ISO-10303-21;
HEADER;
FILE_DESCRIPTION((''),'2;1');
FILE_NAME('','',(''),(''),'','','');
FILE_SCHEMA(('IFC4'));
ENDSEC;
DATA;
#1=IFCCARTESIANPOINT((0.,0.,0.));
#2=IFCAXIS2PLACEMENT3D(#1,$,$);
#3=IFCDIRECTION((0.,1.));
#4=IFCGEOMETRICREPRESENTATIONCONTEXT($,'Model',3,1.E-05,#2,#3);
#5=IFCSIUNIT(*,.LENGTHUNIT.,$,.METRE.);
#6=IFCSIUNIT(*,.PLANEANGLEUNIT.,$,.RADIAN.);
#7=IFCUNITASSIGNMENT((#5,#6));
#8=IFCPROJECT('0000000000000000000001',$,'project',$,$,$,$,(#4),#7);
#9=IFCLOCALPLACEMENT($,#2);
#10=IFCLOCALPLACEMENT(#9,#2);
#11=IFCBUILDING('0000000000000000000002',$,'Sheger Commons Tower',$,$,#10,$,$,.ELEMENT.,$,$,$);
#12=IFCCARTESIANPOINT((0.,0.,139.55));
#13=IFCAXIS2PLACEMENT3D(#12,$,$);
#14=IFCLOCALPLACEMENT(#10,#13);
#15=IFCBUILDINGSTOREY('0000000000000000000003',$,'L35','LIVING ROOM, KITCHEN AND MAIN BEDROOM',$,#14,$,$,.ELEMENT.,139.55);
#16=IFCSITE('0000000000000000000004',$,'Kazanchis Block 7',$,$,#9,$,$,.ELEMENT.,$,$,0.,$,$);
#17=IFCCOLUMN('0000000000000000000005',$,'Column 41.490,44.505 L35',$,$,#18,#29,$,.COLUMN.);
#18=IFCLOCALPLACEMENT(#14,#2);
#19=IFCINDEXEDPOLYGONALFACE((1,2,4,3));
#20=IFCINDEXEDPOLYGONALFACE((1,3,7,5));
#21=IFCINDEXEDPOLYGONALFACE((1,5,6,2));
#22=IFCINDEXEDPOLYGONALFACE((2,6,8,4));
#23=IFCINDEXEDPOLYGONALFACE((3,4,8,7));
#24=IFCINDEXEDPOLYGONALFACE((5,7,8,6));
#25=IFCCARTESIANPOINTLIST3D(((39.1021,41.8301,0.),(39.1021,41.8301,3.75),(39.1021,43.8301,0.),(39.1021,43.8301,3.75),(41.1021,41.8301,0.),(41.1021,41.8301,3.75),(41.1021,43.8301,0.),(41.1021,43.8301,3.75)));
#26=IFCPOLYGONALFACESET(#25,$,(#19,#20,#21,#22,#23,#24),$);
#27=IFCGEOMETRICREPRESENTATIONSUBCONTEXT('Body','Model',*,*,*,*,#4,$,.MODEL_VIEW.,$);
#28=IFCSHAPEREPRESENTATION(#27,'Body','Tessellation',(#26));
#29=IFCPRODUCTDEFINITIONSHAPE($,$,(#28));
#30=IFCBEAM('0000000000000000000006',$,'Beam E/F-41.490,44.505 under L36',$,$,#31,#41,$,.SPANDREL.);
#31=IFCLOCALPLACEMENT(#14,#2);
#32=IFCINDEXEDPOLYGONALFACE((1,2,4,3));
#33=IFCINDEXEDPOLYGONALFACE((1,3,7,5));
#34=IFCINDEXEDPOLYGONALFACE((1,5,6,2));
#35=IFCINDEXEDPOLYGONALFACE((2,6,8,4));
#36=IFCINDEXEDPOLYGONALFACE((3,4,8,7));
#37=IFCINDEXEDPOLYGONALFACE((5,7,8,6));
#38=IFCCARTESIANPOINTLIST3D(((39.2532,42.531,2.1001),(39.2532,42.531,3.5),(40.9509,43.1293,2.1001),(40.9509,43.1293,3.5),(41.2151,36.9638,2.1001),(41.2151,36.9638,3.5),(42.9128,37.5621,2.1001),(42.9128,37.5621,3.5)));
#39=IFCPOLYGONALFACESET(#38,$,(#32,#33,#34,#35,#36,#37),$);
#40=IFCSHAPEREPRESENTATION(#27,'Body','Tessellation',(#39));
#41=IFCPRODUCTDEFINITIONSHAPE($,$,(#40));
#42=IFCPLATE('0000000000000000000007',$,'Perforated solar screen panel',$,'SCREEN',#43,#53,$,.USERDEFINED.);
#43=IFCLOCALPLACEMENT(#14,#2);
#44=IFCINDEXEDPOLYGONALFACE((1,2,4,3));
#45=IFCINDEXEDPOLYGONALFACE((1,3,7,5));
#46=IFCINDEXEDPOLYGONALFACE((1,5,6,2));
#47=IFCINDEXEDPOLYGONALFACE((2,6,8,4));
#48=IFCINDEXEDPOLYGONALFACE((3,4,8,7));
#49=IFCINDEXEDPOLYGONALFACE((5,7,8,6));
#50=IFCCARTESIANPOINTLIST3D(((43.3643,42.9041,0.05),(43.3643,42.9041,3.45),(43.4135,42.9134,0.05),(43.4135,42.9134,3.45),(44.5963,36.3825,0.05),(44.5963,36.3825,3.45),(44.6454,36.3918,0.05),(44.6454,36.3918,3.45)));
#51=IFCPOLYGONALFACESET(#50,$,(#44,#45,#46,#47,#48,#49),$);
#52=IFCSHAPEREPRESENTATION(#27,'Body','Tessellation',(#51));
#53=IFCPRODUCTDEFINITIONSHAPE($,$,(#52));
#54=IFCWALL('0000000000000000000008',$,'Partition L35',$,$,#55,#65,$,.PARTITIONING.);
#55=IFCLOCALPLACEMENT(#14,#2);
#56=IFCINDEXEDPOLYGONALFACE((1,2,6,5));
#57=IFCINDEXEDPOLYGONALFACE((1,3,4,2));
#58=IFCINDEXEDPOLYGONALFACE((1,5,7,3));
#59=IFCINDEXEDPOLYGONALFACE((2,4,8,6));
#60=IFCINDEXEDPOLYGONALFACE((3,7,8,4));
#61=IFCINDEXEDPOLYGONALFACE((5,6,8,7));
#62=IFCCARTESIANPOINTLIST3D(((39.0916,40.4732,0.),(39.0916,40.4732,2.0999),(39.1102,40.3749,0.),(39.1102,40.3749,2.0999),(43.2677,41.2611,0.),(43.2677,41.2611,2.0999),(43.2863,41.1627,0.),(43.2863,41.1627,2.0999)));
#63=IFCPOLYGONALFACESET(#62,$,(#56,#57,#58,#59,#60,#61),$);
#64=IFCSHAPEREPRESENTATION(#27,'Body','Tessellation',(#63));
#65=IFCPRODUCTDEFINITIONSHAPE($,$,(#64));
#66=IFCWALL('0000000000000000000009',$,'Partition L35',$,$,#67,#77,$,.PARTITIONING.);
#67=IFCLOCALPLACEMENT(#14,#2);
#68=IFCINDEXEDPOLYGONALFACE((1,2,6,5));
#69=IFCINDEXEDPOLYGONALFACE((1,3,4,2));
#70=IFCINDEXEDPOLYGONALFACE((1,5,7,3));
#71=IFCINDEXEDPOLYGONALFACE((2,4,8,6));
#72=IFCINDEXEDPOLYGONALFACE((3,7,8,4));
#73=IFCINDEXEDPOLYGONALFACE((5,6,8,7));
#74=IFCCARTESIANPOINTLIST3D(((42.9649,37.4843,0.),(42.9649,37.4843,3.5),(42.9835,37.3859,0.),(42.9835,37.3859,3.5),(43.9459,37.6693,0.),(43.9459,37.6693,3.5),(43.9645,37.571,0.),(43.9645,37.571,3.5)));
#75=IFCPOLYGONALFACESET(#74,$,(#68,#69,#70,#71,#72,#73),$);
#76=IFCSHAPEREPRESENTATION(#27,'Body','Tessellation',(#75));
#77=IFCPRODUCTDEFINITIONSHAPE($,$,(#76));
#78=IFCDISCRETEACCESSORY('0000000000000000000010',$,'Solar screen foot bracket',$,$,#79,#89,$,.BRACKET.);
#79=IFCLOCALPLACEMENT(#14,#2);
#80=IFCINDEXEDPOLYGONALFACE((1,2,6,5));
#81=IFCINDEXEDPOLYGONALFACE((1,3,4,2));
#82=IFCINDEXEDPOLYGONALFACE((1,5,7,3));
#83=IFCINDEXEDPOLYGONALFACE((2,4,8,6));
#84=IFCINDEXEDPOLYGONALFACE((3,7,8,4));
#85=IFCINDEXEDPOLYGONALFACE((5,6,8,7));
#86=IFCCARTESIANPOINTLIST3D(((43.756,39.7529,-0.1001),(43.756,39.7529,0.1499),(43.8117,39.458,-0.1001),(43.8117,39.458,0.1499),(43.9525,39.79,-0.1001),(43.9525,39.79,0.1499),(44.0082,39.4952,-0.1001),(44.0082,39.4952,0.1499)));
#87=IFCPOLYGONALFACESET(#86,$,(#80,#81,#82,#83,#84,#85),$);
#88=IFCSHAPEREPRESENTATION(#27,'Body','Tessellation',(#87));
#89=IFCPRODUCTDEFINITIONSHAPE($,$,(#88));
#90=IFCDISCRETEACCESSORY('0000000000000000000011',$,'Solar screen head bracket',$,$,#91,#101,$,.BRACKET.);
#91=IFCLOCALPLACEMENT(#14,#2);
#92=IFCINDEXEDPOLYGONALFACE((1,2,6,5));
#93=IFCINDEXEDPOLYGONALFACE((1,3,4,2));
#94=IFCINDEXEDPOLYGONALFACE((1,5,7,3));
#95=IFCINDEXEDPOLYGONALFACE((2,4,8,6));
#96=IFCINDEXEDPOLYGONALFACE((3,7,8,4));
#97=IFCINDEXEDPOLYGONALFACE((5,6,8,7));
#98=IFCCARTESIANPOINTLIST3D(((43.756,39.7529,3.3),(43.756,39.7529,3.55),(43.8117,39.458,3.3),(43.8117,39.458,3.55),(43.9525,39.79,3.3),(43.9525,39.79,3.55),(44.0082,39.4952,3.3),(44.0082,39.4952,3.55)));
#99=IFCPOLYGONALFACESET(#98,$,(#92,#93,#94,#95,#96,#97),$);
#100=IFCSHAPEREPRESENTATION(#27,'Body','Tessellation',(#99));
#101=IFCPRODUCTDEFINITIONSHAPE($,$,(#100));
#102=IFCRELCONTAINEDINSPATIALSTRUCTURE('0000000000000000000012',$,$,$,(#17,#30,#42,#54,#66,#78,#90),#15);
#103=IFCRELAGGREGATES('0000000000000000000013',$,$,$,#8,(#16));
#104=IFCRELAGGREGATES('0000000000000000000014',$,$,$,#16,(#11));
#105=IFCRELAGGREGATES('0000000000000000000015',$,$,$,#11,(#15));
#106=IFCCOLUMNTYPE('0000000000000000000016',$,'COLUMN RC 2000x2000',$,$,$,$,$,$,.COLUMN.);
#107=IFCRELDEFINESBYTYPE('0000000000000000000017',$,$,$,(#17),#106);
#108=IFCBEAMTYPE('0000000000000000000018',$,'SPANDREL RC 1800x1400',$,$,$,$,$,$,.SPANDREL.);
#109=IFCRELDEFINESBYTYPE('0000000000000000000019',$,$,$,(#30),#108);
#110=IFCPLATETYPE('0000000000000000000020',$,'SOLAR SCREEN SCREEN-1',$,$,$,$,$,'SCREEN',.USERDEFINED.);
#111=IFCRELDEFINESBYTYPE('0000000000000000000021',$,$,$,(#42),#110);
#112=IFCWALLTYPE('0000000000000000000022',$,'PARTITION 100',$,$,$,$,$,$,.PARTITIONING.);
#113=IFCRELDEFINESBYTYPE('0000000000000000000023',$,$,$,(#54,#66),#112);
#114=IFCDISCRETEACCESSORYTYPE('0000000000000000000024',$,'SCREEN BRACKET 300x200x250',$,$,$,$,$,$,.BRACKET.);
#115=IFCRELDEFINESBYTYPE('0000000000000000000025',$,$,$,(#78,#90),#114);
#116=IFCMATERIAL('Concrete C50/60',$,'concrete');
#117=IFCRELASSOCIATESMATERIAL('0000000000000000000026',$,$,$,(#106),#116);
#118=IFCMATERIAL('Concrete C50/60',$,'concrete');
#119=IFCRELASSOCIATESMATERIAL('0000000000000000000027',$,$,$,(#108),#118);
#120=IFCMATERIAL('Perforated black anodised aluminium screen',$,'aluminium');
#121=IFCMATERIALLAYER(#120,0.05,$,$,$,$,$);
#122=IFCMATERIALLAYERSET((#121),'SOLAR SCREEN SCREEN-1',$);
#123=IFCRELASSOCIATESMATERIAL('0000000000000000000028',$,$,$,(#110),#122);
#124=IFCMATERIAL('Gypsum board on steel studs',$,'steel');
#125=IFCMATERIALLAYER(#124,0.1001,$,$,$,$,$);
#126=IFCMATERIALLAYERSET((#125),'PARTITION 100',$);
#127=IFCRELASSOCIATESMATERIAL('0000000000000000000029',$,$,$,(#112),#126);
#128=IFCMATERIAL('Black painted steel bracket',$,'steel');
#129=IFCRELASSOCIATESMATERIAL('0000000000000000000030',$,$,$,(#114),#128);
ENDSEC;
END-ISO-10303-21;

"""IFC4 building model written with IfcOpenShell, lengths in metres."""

from ifc_helpers import new_model, si_unit, direction, frame, frame_2d, origin, origin_2d, place, context, subcontext, project, spatial, rectangle, extrude, material, layer, layer_set, material_profile, profile_set, type_object, element, save


model = new_model("IFC4")

# Units and contexts
model_context = context("Model", 3, precision=1e-05, world=origin(), true_north=direction((0.0, 1.0)))
body_context = subcontext(model_context, "Body", "Model", "MODEL_VIEW")
ifc_project = project(units=[si_unit("LENGTHUNIT", "METRE"), si_unit("PLANEANGLEUNIT", "RADIAN")], contexts=[model_context])

# Site, building, storey
site_placement = place(None, origin())
site = spatial("IfcSite", under=ifc_project, at=site_placement, Name="Kazanchis Block 7", CompositionType="ELEMENT", RefElevation=0.0)
building_placement = place(site_placement, origin())
building = spatial("IfcBuilding", under=site, at=building_placement, Name="Sheger Commons Tower", CompositionType="ELEMENT")
storey_placement = place(building_placement, frame((0.0, 0.0, 139.55)))
storey = spatial("IfcBuildingStorey", under=building, at=storey_placement, Name="L35", Description="LIVING ROOM, KITCHEN AND MAIN BEDROOM", CompositionType="ELEMENT", Elevation=139.55)

# Column
ifc_material_1 = material(Name="Concrete C50/60", Category="concrete")
ifc_material_profile_1 = material_profile(ifc_material_1, rectangle(XDim=2.0, YDim=2.0, at=origin_2d()), Name="RC 2000x2000")
ifc_profile_set_1 = profile_set([ifc_material_profile_1], Name="Concrete C50/60")
column_type = type_object("IfcColumnType", Name="COLUMN RC 2000x2000", PredefinedType="COLUMN", material=ifc_profile_set_1)
column_placement = place(storey_placement, frame((40.1021, 42.8301, 0.0), z_axis=(0.0, 0.0, 1.0), x_axis=(1.0, 0.0, 0.0)))
element("IfcColumn", 1, at=column_placement, inside=storey, type_object=column_type, Name="Column 41.490,44.505 L35", PredefinedType="COLUMN", context=body_context, shape_type="SweptSolid", body=[
    extrude(rectangle(XDim=2.0, YDim=2.0, at=origin_2d()), origin(), (0.0, 0.0, 1.0), 3.75),
])

# Beam
ifc_material_2 = material(Name="Concrete C50/60", Category="concrete")
ifc_material_profile_2 = material_profile(ifc_material_2, rectangle(XDim=1.8, YDim=1.3999, at=origin_2d()), Name="RC 1800x1400")
ifc_profile_set_2 = profile_set([ifc_material_profile_2], Name="Concrete C50/60")
beam_type = type_object("IfcBeamType", Name="SPANDREL RC 1800x1400", PredefinedType="SPANDREL", material=ifc_profile_set_2)
beam_placement = place(storey_placement, frame((42.064, 37.2629, 2.8), z_axis=(-0.332374, 0.943148, 0.0), x_axis=(-0.943148, -0.332374, 0.0)))
element("IfcBeam", 2, at=beam_placement, inside=storey, type_object=beam_type, Name="Beam E/F-41.490,44.505 under L36", PredefinedType="SPANDREL", context=body_context, shape_type="SweptSolid", body=[
    extrude(rectangle(XDim=1.8, YDim=1.3999, at=origin_2d()), origin(), (0.0, 0.0, 1.0), 5.9028),
])

# Plate
ifc_material_3 = material(Name="Perforated black anodised aluminium screen", Category="aluminium")
ifc_layer_1 = layer(ifc_material_3, 0.05)
ifc_layer_set_1 = layer_set([ifc_layer_1], Name="SOLAR SCREEN SCREEN-1")
plate_type = type_object("IfcPlateType", Name="SOLAR SCREEN SCREEN-1", ElementType="SCREEN", PredefinedType="USERDEFINED", material=ifc_layer_set_1)
plate_placement = place(storey_placement, frame((44.0049, 39.6479, 0.05), z_axis=(0.0, 0.0, 1.0), x_axis=(-0.185615, 0.982623, 0.0)))
element("IfcPlate", 3, at=plate_placement, inside=storey, type_object=plate_type, Name="Perforated solar screen panel", ObjectType="SCREEN", PredefinedType="USERDEFINED", context=body_context, shape_type="SweptSolid", body=[
    extrude(rectangle(XDim=6.637, YDim=0.05, at=origin_2d()), origin(), (0.0, 0.0, 1.0), 3.3999),
])

# Walls
ifc_material_4 = material(Name="Gypsum board on steel studs", Category="steel")
ifc_layer_2 = layer(ifc_material_4, 0.1001)
ifc_layer_set_2 = layer_set([ifc_layer_2], Name="PARTITION 100")
wall_type = type_object("IfcWallType", Name="PARTITION 100", PredefinedType="PARTITIONING", material=ifc_layer_set_2)
wall_1_placement = place(storey_placement, frame((43.2771, 41.2119, 0.0), z_axis=(0.0, 0.0, 1.0), x_axis=(-0.982665, -0.185388, 0.0)))
element("IfcWall", 4, at=wall_1_placement, inside=storey, type_object=wall_type, Name="Partition L35", PredefinedType="PARTITIONING", context=body_context, shape_type="SweptSolid", body=[
    extrude(rectangle(XDim=4.2498, YDim=0.1001, at=frame_2d((2.125, 0.0))), origin(), (0.0, 0.0, 1.0), 2.0999),
])
wall_2_placement = place(storey_placement, frame((43.9551, 37.6201, 0.0), z_axis=(0.0, 0.0, 1.0), x_axis=(-0.982667, -0.185381, 0.0)))
element("IfcWall", 5, at=wall_2_placement, inside=storey, type_object=wall_type, Name="Partition L35", PredefinedType="PARTITIONING", context=body_context, shape_type="SweptSolid", body=[
    extrude(rectangle(XDim=0.9983, YDim=0.1001, at=frame_2d((0.499, 0.0))), origin(), (0.0, 0.0, 1.0), 3.5),
])

# Discrete accessories
ifc_material_5 = material(Name="Black painted steel bracket", Category="steel")
discrete_accessory_type = type_object("IfcDiscreteAccessoryType", Name="SCREEN BRACKET 300x200x250", PredefinedType="BRACKET", material=ifc_material_5)
for number, where, z_axis, x_axis, name in (
    (6, (43.8821, 39.624, -0.1001), (0.0, 0.0, 1.0), (-0.185615, 0.982623, 0.0), "Solar screen foot bracket"),
    (7, (43.8821, 39.624, 3.3), (0.0, 0.0, 1.0), (-0.185615, 0.982623, 0.0), "Solar screen head bracket"),
):
    element("IfcDiscreteAccessory", number, at=place(storey_placement, frame(where, z_axis=z_axis, x_axis=x_axis)), inside=storey, type_object=discrete_accessory_type, Name=name, PredefinedType="BRACKET", context=body_context, shape_type="SweptSolid", body=[
        extrude(rectangle(XDim=0.3, YDim=0.2, at=origin_2d()), origin(), (0.0, 0.0, 1.0), 0.25),
    ])

save(model, "model.ifc")
